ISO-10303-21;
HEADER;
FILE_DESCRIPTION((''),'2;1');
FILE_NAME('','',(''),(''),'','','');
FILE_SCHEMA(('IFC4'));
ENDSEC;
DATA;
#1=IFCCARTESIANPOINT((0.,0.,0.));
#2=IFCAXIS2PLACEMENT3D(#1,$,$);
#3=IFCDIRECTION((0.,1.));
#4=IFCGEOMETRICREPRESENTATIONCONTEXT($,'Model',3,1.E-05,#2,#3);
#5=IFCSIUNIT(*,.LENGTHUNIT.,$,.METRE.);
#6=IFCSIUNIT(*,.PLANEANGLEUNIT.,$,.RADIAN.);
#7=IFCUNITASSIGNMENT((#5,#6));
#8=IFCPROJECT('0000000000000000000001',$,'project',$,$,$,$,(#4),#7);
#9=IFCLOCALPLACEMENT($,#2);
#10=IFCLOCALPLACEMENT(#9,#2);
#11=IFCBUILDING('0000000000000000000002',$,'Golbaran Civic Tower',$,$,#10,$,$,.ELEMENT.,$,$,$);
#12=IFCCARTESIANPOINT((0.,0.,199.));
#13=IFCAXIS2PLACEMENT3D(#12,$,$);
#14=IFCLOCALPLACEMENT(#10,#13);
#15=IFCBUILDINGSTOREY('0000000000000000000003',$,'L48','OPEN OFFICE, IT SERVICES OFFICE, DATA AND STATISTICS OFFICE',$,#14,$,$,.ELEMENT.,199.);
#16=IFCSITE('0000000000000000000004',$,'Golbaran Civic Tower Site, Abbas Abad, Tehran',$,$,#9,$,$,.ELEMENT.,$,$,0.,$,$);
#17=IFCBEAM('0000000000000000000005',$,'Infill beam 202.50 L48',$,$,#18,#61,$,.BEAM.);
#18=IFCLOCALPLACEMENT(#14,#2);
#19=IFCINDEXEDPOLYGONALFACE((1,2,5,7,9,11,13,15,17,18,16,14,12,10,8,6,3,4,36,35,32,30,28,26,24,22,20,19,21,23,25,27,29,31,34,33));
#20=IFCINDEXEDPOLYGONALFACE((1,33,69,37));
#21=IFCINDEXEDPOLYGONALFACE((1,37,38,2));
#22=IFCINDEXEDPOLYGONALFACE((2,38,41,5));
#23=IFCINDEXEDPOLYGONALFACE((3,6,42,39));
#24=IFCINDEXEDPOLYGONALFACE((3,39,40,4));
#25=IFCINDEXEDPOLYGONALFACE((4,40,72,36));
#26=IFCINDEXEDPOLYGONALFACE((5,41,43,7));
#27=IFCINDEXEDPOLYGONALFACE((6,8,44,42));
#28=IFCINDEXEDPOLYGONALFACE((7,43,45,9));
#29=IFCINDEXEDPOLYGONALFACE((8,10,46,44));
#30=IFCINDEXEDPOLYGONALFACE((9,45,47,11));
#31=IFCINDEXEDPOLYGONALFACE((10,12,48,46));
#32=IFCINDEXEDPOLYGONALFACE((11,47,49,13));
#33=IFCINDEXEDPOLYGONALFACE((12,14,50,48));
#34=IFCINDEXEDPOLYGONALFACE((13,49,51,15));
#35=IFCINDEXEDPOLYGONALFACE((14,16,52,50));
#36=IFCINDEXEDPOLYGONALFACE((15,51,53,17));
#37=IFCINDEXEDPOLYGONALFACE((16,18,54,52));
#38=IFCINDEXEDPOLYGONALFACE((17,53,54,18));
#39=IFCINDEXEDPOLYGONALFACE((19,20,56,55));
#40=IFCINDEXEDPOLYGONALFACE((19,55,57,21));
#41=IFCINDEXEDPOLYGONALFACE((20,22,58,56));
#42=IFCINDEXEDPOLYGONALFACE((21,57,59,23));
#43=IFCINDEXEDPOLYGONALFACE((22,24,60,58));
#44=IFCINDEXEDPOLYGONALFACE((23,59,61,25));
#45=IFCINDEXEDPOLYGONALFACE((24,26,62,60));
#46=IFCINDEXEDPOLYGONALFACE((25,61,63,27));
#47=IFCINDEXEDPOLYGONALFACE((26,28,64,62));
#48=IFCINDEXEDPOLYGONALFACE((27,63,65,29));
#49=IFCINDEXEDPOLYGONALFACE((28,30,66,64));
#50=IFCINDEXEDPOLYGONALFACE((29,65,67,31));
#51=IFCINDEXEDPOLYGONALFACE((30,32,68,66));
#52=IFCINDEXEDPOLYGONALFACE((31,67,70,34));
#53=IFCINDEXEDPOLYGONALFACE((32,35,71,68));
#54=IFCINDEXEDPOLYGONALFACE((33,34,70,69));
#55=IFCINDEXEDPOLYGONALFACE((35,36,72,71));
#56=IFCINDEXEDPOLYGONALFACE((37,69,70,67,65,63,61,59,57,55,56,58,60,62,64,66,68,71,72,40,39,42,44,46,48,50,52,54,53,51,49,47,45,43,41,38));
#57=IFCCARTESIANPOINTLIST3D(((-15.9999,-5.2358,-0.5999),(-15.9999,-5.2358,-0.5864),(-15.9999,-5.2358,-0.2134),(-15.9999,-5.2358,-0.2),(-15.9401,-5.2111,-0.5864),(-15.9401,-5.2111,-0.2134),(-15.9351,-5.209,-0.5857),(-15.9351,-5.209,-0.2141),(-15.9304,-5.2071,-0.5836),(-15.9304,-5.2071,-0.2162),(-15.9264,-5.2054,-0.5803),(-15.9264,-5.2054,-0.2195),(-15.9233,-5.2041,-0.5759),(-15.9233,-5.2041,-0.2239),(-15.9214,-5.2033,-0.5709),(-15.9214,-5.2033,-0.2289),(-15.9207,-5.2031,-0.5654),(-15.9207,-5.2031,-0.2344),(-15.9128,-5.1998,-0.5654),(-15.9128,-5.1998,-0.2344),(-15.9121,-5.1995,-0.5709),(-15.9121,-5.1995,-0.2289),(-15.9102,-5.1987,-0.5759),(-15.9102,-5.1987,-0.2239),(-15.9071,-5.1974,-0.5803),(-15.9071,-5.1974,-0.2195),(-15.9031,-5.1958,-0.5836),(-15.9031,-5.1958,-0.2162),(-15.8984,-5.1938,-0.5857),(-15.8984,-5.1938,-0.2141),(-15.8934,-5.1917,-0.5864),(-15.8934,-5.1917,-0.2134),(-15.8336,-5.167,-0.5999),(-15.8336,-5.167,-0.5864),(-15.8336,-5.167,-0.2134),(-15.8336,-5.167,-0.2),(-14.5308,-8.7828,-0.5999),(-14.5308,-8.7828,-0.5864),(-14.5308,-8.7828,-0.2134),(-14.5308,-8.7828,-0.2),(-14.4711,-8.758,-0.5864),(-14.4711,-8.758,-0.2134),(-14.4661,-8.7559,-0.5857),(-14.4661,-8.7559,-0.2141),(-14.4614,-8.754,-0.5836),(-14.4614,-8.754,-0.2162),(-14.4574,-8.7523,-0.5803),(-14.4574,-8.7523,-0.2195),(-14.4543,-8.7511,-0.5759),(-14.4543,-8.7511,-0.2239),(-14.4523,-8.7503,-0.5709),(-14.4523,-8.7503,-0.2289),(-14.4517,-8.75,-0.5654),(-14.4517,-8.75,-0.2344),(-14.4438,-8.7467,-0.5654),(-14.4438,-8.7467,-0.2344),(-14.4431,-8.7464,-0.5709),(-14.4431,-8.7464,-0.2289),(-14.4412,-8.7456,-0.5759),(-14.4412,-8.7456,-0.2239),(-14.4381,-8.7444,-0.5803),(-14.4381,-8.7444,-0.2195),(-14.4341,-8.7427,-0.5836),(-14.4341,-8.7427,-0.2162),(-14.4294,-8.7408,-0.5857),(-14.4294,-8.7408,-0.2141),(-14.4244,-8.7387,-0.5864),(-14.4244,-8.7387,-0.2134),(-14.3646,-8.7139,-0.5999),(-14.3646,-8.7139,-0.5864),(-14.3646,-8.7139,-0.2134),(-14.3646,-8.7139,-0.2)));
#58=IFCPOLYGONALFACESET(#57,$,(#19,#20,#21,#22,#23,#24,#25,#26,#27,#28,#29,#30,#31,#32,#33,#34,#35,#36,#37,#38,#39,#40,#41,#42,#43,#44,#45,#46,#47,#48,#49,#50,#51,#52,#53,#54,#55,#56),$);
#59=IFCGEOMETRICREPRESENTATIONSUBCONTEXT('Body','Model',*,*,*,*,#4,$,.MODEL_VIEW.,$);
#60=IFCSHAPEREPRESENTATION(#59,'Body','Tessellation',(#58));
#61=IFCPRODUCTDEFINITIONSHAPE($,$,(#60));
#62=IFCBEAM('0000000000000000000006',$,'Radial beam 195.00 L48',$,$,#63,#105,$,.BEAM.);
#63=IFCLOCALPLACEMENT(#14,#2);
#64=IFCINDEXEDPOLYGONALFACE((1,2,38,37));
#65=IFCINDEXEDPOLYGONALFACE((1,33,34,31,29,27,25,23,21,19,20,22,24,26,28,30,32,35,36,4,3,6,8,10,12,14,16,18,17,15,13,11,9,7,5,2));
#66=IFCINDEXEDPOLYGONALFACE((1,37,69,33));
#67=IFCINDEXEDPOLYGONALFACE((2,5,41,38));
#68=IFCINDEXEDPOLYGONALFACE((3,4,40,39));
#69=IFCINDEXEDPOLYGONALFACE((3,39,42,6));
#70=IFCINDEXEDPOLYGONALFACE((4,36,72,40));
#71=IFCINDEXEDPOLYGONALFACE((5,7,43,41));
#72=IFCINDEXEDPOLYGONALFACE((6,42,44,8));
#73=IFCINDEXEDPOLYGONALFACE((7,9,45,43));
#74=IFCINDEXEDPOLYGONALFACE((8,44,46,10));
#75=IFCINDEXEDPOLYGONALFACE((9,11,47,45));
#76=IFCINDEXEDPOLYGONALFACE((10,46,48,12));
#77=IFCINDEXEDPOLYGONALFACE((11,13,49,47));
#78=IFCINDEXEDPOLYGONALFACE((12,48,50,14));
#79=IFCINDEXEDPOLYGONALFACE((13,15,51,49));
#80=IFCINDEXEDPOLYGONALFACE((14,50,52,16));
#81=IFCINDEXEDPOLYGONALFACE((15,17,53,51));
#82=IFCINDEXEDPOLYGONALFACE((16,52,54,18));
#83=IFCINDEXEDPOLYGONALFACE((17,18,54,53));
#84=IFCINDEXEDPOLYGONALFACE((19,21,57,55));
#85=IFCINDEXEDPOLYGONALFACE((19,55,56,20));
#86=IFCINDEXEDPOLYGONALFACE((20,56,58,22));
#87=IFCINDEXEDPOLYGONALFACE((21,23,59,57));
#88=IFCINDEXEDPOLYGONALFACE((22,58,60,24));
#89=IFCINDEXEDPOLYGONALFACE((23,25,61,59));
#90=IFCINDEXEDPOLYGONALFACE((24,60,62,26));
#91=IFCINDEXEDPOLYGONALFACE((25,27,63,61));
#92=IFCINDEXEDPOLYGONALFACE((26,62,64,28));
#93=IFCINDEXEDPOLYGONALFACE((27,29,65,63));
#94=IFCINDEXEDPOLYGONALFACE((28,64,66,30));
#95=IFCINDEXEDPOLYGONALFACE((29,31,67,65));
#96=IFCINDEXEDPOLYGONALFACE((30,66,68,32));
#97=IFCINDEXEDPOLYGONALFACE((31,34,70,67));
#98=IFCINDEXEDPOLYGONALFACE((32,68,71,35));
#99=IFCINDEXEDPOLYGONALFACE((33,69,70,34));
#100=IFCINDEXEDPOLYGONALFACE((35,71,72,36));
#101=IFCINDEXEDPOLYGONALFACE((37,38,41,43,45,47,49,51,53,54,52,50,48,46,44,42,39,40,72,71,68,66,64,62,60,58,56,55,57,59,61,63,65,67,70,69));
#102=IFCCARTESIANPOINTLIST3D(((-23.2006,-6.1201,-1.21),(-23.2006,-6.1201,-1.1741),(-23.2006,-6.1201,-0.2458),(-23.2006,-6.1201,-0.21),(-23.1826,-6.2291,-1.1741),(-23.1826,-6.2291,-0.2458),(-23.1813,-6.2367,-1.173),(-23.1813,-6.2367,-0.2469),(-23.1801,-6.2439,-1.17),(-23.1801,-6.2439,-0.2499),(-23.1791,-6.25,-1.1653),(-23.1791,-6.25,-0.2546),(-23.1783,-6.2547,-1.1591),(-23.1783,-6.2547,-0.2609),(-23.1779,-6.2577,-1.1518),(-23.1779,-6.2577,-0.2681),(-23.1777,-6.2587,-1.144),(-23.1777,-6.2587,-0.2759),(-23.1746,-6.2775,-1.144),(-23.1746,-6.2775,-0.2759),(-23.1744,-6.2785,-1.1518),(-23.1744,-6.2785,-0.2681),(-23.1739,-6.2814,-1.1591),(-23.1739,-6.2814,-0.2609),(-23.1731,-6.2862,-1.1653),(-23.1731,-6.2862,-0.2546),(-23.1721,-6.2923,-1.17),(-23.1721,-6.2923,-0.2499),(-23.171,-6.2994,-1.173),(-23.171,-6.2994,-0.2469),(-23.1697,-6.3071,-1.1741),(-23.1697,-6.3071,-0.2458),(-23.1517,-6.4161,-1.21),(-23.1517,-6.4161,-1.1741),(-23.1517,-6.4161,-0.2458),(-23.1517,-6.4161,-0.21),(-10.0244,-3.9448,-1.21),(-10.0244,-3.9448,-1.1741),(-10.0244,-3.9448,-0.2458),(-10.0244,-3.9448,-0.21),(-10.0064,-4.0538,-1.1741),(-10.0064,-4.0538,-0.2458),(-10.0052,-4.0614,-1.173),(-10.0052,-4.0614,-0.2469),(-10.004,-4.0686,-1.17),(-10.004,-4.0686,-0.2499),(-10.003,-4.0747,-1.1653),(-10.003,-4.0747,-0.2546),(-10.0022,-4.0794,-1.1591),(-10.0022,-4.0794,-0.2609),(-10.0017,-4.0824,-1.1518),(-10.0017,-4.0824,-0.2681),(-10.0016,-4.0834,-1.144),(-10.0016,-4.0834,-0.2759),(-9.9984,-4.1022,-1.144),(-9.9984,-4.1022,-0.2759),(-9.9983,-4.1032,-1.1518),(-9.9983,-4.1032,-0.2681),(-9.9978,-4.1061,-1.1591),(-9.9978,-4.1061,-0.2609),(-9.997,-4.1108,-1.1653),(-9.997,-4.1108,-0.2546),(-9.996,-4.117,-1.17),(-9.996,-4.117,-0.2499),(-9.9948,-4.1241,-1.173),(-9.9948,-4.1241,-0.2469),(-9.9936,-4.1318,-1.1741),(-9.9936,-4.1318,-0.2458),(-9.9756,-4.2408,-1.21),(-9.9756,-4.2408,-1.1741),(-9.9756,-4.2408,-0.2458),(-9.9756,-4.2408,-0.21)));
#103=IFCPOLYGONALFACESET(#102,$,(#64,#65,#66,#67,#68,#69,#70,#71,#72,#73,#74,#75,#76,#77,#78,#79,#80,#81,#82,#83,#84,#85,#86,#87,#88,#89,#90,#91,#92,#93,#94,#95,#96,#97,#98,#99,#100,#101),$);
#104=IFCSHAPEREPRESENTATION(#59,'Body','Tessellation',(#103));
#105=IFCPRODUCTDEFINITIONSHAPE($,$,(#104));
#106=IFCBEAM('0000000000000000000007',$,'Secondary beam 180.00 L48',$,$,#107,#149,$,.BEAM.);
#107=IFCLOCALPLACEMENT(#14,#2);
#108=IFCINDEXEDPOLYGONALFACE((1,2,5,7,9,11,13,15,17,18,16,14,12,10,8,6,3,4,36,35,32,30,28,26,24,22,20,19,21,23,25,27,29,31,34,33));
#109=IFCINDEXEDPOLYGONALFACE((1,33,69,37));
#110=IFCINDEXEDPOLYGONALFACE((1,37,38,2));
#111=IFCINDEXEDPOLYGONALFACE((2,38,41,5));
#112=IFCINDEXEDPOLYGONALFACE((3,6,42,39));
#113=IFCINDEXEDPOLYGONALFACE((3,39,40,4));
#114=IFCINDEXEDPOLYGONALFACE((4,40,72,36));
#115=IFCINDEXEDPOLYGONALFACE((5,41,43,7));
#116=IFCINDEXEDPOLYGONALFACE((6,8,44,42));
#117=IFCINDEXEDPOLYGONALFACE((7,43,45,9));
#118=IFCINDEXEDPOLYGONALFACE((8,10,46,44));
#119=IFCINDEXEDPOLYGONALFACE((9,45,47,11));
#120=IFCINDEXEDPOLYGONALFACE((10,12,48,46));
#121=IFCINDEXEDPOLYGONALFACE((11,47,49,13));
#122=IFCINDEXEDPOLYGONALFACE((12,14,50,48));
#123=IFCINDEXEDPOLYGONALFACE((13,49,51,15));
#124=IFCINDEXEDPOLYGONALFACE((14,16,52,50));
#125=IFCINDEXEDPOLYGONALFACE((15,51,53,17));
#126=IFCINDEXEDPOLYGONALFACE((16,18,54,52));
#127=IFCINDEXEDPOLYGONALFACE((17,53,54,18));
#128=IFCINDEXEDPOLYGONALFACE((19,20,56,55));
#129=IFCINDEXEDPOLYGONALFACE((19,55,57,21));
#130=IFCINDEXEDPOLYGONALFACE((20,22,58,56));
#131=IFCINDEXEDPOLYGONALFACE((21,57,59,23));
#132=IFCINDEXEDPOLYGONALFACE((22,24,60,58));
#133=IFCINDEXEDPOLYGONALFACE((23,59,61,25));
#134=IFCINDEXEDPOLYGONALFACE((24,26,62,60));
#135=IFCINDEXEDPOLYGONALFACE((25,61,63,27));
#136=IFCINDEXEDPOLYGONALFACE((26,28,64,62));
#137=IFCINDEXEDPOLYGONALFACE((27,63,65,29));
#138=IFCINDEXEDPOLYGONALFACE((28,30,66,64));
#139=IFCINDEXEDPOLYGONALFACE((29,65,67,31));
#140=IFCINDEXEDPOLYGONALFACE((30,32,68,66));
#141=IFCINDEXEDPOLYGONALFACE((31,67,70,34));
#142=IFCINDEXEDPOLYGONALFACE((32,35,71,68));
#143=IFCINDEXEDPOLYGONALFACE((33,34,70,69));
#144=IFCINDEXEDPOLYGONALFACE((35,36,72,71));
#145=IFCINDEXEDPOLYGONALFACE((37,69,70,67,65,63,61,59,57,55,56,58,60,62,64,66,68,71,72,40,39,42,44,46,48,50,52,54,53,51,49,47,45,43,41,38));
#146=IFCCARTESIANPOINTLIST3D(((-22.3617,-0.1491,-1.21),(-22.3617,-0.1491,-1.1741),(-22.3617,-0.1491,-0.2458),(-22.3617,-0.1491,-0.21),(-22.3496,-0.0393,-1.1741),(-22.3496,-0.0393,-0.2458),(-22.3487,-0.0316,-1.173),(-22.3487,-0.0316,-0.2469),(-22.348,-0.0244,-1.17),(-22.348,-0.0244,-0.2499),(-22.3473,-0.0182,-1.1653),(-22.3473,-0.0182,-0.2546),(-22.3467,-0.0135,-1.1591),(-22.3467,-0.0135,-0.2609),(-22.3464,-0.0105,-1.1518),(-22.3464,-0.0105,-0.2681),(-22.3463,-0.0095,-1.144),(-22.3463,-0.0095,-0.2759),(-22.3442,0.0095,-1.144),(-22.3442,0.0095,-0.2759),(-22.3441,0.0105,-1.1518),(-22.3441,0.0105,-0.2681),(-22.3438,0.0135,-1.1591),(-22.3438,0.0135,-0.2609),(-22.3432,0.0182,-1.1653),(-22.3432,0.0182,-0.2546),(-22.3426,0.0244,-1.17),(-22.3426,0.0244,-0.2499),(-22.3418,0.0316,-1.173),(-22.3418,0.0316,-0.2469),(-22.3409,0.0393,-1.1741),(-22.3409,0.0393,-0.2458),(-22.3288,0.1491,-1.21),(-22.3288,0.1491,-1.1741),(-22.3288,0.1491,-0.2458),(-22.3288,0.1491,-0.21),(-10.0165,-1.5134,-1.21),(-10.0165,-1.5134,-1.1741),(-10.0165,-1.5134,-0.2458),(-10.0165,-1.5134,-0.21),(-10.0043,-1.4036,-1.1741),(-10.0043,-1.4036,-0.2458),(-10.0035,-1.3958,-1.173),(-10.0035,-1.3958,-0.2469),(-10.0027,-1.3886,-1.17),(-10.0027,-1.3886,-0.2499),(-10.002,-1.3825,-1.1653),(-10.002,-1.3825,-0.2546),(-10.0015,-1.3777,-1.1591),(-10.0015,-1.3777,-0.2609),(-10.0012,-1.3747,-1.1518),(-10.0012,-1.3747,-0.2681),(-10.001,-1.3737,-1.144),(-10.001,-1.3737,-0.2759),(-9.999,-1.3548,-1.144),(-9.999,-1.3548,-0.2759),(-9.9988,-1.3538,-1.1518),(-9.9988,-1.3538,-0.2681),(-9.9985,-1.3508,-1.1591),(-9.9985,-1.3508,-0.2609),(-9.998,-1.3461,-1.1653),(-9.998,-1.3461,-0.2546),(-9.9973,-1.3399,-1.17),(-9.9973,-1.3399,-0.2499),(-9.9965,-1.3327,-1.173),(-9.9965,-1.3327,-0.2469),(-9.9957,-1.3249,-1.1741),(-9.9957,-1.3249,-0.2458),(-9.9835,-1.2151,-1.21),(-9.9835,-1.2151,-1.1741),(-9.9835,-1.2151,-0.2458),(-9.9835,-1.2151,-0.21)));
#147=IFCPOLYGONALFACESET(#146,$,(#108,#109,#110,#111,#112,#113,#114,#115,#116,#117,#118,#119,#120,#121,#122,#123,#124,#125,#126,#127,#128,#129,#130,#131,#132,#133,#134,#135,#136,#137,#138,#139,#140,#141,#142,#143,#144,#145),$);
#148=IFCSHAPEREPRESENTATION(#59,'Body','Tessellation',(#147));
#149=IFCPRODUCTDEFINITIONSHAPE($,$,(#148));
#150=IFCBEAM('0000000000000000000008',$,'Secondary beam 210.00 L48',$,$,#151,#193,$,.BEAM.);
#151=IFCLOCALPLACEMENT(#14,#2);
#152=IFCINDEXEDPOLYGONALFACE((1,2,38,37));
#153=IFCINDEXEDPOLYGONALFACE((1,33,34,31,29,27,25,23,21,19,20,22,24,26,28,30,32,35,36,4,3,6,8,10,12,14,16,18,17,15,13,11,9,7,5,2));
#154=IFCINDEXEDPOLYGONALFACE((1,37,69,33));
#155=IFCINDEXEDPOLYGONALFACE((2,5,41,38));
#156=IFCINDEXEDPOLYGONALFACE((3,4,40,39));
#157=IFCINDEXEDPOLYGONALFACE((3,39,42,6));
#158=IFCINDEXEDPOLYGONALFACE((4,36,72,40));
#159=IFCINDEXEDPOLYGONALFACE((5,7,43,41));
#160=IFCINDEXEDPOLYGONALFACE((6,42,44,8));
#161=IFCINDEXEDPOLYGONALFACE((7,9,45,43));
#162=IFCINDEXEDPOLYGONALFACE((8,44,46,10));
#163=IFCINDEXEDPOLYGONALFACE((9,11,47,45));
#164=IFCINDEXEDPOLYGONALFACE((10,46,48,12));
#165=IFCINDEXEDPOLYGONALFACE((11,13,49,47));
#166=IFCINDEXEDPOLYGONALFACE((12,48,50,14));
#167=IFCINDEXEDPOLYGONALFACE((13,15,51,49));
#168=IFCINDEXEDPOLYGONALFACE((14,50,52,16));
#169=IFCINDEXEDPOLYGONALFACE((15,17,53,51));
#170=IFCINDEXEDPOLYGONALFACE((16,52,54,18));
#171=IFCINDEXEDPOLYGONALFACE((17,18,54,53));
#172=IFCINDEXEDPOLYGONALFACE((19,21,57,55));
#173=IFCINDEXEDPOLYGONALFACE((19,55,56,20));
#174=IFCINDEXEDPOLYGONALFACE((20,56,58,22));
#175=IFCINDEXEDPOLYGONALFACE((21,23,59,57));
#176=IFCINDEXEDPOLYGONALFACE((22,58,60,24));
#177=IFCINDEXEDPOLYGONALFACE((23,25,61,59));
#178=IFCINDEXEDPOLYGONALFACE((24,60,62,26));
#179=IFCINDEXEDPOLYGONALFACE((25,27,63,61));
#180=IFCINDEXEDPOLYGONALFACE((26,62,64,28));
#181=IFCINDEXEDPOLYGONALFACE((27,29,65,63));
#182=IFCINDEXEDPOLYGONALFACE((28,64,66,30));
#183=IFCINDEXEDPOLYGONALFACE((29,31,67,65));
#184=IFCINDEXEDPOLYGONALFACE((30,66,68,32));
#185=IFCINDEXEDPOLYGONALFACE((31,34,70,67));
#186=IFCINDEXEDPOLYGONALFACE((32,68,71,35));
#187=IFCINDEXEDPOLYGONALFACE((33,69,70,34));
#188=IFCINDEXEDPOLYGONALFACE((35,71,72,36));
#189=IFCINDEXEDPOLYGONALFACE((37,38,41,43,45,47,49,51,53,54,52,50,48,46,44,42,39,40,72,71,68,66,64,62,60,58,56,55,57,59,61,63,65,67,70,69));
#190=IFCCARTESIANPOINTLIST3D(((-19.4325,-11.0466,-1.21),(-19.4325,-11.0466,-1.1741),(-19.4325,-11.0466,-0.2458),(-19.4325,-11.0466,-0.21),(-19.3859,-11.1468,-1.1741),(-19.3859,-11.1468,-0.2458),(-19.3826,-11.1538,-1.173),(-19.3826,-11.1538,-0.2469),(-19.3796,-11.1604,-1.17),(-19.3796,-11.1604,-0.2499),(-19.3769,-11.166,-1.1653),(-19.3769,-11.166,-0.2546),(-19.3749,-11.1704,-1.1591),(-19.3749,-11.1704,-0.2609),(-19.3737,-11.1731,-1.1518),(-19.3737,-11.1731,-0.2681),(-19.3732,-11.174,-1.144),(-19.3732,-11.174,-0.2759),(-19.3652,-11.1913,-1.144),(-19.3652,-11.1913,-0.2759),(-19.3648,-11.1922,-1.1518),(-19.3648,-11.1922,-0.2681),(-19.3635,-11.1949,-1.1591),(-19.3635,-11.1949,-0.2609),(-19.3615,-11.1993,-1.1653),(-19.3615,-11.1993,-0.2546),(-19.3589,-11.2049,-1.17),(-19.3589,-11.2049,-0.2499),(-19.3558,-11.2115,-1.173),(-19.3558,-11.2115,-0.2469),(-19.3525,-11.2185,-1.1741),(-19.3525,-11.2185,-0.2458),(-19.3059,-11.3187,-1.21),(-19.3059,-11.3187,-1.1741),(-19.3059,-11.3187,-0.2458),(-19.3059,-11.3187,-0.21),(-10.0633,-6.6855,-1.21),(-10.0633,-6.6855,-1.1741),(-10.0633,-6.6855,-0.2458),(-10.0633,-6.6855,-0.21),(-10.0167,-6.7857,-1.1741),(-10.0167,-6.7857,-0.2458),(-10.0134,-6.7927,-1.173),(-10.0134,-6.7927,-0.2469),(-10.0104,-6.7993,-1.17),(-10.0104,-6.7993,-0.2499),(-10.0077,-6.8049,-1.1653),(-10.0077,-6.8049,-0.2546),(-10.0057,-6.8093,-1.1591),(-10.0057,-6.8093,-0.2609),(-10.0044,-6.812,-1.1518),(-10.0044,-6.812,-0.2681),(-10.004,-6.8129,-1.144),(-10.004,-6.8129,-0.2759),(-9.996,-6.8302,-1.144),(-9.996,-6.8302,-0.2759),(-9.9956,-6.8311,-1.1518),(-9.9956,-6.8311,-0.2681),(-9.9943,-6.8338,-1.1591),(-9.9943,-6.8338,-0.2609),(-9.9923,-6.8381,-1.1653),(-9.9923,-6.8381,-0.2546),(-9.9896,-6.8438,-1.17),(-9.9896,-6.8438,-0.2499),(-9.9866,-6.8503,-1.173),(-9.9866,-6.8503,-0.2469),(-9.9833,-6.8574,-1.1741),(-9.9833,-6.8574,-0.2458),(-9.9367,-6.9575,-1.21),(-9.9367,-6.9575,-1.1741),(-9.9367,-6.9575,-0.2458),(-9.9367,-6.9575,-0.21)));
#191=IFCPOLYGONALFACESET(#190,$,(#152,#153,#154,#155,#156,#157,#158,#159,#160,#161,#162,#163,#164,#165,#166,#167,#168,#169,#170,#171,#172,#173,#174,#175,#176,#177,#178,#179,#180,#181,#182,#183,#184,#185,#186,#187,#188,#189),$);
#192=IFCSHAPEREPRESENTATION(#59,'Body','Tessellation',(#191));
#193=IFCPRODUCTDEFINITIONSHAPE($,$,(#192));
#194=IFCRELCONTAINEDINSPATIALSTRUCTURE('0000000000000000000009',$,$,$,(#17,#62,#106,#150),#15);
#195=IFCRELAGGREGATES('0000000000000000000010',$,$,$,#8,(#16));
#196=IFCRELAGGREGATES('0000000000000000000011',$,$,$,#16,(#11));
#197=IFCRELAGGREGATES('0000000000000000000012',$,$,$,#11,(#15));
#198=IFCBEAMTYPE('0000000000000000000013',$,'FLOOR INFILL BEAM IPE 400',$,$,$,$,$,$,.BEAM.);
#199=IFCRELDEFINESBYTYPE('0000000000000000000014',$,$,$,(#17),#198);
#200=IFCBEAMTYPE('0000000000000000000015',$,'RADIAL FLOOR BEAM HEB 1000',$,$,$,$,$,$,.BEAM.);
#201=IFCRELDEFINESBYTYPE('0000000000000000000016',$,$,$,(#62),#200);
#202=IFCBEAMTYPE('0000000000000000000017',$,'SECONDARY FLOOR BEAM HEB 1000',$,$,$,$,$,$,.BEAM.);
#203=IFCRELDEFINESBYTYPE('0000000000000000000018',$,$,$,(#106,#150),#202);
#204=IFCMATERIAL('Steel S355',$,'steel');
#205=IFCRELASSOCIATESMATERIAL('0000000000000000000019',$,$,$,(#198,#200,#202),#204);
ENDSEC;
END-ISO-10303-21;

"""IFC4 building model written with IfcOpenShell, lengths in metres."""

from ifc_helpers import new_model, si_unit, direction, frame, origin, origin_2d, place, context, subcontext, project, spatial, i_section, extrude, material, material_profile, profile_set, type_object, element, save


model = new_model("IFC4")

# Units and contexts
model_context = context("Model", 3, precision=1e-05, world=origin(), true_north=direction((0.0, 1.0)))
body_context = subcontext(model_context, "Body", "Model", "MODEL_VIEW")
ifc_project = project(units=[si_unit("LENGTHUNIT", "METRE"), si_unit("PLANEANGLEUNIT", "RADIAN")], contexts=[model_context])

# Site, building, storey
site_placement = place(None, origin())
site = spatial("IfcSite", under=ifc_project, at=site_placement, Name="Golbaran Civic Tower Site, Abbas Abad, Tehran", CompositionType="ELEMENT", RefElevation=0.0)
building_placement = place(site_placement, origin())
building = spatial("IfcBuilding", under=site, at=building_placement, Name="Golbaran Civic Tower", CompositionType="ELEMENT")
storey_placement = place(building_placement, frame((0.0, 0.0, 199.0)))
storey = spatial("IfcBuildingStorey", under=building, at=storey_placement, Name="L48", Description="OPEN OFFICE, IT SERVICES OFFICE, DATA AND STATISTICS OFFICE", CompositionType="ELEMENT", Elevation=199.0)

# Beams
ifc_material_1 = material(Name="Steel S355", Category="steel")
ifc_material_profile_1 = material_profile(ifc_material_1, i_section(OverallWidth=0.1799, OverallDepth=0.3999, WebThickness=0.0085, FlangeThickness=0.0134, FilletRadius=0.021, at=origin_2d()), Name="IPE 400")
ifc_profile_set_1 = profile_set([ifc_material_profile_1], Name="Steel S355")
beam_type_1 = type_object("IfcBeamType", Name="FLOOR INFILL BEAM IPE 400", PredefinedType="BEAM", material=ifc_profile_set_1)
beam_1_placement = place(storey_placement, frame((-15.9167, -5.2014, -0.3999), z_axis=(0.382646, -0.923895, 0.0), x_axis=(0.923895, 0.382646, 0.0)))
element("IfcBeam", 1, at=beam_1_placement, inside=storey, type_object=beam_type_1, Name="Infill beam 202.50 L48", PredefinedType="BEAM", context=body_context, shape_type="SweptSolid", body=[
    extrude(i_section(OverallWidth=0.1799, OverallDepth=0.3999, WebThickness=0.0085, FlangeThickness=0.0134, FilletRadius=0.021, at=origin_2d()), origin(), (0.0, 0.0, 1.0), 3.8391),
])
ifc_material_profile_2 = material_profile(ifc_material_1, i_section(OverallWidth=0.3, OverallDepth=1.0, WebThickness=0.019, FlangeThickness=0.0359, FilletRadius=0.03, at=origin_2d()), Name="HEB 1000")
ifc_profile_set_2 = profile_set([ifc_material_profile_2], Name="Steel S355")
beam_type_2 = type_object("IfcBeamType", Name="RADIAL FLOOR BEAM HEB 1000", PredefinedType="BEAM", material=ifc_profile_set_2)
beam_2_placement = place(storey_placement, frame((-10.0, -4.0928, -0.71), z_axis=(-0.986644, -0.16289, 0.0), x_axis=(0.16289, -0.986644, 0.0)))
element("IfcBeam", 2, at=beam_2_placement, inside=storey, type_object=beam_type_2, Name="Radial beam 195.00 L48", PredefinedType="BEAM", context=body_context, shape_type="SweptSolid", body=[
    extrude(i_section(OverallWidth=0.3, OverallDepth=1.0, WebThickness=0.019, FlangeThickness=0.0359, FilletRadius=0.03, at=origin_2d()), origin(), (0.0, 0.0, 1.0), 13.3545),
])
ifc_material_profile_3 = material_profile(ifc_material_1, i_section(OverallWidth=0.3, OverallDepth=1.0, WebThickness=0.019, FlangeThickness=0.0359, FilletRadius=0.03, at=origin_2d()), Name="HEB 1000")
ifc_profile_set_3 = profile_set([ifc_material_profile_3], Name="Steel S355")
beam_type_3 = type_object("IfcBeamType", Name="SECONDARY FLOOR BEAM HEB 1000", PredefinedType="BEAM", material=ifc_profile_set_3)
beam_3_placement = place(storey_placement, frame((-10.0, -1.3643, -0.71), z_axis=(-0.993949, 0.10984, 0.0), x_axis=(-0.10984, -0.993949, 0.0)))
element("IfcBeam", 3, at=beam_3_placement, inside=storey, type_object=beam_type_3, Name="Secondary beam 180.00 L48", PredefinedType="BEAM", context=body_context, shape_type="SweptSolid", body=[
    extrude(i_section(OverallWidth=0.3, OverallDepth=1.0, WebThickness=0.019, FlangeThickness=0.0359, FilletRadius=0.03, at=origin_2d()), origin(), (0.0, 0.0, 1.0), 12.4204),
])
beam_4_placement = place(storey_placement, frame((-10.0, -6.8215, -0.71), z_axis=(-0.906597, -0.421997, 0.0), x_axis=(0.421997, -0.906597, 0.0)))
element("IfcBeam", 4, at=beam_4_placement, inside=storey, type_object=beam_type_3, Name="Secondary beam 210.00 L48", PredefinedType="BEAM", context=body_context, shape_type="SweptSolid", body=[
    extrude(i_section(OverallWidth=0.3, OverallDepth=1.0, WebThickness=0.019, FlangeThickness=0.0359, FilletRadius=0.03, at=origin_2d()), origin(), (0.0, 0.0, 1.0), 10.3345),
])

save(model, "model.ifc")
